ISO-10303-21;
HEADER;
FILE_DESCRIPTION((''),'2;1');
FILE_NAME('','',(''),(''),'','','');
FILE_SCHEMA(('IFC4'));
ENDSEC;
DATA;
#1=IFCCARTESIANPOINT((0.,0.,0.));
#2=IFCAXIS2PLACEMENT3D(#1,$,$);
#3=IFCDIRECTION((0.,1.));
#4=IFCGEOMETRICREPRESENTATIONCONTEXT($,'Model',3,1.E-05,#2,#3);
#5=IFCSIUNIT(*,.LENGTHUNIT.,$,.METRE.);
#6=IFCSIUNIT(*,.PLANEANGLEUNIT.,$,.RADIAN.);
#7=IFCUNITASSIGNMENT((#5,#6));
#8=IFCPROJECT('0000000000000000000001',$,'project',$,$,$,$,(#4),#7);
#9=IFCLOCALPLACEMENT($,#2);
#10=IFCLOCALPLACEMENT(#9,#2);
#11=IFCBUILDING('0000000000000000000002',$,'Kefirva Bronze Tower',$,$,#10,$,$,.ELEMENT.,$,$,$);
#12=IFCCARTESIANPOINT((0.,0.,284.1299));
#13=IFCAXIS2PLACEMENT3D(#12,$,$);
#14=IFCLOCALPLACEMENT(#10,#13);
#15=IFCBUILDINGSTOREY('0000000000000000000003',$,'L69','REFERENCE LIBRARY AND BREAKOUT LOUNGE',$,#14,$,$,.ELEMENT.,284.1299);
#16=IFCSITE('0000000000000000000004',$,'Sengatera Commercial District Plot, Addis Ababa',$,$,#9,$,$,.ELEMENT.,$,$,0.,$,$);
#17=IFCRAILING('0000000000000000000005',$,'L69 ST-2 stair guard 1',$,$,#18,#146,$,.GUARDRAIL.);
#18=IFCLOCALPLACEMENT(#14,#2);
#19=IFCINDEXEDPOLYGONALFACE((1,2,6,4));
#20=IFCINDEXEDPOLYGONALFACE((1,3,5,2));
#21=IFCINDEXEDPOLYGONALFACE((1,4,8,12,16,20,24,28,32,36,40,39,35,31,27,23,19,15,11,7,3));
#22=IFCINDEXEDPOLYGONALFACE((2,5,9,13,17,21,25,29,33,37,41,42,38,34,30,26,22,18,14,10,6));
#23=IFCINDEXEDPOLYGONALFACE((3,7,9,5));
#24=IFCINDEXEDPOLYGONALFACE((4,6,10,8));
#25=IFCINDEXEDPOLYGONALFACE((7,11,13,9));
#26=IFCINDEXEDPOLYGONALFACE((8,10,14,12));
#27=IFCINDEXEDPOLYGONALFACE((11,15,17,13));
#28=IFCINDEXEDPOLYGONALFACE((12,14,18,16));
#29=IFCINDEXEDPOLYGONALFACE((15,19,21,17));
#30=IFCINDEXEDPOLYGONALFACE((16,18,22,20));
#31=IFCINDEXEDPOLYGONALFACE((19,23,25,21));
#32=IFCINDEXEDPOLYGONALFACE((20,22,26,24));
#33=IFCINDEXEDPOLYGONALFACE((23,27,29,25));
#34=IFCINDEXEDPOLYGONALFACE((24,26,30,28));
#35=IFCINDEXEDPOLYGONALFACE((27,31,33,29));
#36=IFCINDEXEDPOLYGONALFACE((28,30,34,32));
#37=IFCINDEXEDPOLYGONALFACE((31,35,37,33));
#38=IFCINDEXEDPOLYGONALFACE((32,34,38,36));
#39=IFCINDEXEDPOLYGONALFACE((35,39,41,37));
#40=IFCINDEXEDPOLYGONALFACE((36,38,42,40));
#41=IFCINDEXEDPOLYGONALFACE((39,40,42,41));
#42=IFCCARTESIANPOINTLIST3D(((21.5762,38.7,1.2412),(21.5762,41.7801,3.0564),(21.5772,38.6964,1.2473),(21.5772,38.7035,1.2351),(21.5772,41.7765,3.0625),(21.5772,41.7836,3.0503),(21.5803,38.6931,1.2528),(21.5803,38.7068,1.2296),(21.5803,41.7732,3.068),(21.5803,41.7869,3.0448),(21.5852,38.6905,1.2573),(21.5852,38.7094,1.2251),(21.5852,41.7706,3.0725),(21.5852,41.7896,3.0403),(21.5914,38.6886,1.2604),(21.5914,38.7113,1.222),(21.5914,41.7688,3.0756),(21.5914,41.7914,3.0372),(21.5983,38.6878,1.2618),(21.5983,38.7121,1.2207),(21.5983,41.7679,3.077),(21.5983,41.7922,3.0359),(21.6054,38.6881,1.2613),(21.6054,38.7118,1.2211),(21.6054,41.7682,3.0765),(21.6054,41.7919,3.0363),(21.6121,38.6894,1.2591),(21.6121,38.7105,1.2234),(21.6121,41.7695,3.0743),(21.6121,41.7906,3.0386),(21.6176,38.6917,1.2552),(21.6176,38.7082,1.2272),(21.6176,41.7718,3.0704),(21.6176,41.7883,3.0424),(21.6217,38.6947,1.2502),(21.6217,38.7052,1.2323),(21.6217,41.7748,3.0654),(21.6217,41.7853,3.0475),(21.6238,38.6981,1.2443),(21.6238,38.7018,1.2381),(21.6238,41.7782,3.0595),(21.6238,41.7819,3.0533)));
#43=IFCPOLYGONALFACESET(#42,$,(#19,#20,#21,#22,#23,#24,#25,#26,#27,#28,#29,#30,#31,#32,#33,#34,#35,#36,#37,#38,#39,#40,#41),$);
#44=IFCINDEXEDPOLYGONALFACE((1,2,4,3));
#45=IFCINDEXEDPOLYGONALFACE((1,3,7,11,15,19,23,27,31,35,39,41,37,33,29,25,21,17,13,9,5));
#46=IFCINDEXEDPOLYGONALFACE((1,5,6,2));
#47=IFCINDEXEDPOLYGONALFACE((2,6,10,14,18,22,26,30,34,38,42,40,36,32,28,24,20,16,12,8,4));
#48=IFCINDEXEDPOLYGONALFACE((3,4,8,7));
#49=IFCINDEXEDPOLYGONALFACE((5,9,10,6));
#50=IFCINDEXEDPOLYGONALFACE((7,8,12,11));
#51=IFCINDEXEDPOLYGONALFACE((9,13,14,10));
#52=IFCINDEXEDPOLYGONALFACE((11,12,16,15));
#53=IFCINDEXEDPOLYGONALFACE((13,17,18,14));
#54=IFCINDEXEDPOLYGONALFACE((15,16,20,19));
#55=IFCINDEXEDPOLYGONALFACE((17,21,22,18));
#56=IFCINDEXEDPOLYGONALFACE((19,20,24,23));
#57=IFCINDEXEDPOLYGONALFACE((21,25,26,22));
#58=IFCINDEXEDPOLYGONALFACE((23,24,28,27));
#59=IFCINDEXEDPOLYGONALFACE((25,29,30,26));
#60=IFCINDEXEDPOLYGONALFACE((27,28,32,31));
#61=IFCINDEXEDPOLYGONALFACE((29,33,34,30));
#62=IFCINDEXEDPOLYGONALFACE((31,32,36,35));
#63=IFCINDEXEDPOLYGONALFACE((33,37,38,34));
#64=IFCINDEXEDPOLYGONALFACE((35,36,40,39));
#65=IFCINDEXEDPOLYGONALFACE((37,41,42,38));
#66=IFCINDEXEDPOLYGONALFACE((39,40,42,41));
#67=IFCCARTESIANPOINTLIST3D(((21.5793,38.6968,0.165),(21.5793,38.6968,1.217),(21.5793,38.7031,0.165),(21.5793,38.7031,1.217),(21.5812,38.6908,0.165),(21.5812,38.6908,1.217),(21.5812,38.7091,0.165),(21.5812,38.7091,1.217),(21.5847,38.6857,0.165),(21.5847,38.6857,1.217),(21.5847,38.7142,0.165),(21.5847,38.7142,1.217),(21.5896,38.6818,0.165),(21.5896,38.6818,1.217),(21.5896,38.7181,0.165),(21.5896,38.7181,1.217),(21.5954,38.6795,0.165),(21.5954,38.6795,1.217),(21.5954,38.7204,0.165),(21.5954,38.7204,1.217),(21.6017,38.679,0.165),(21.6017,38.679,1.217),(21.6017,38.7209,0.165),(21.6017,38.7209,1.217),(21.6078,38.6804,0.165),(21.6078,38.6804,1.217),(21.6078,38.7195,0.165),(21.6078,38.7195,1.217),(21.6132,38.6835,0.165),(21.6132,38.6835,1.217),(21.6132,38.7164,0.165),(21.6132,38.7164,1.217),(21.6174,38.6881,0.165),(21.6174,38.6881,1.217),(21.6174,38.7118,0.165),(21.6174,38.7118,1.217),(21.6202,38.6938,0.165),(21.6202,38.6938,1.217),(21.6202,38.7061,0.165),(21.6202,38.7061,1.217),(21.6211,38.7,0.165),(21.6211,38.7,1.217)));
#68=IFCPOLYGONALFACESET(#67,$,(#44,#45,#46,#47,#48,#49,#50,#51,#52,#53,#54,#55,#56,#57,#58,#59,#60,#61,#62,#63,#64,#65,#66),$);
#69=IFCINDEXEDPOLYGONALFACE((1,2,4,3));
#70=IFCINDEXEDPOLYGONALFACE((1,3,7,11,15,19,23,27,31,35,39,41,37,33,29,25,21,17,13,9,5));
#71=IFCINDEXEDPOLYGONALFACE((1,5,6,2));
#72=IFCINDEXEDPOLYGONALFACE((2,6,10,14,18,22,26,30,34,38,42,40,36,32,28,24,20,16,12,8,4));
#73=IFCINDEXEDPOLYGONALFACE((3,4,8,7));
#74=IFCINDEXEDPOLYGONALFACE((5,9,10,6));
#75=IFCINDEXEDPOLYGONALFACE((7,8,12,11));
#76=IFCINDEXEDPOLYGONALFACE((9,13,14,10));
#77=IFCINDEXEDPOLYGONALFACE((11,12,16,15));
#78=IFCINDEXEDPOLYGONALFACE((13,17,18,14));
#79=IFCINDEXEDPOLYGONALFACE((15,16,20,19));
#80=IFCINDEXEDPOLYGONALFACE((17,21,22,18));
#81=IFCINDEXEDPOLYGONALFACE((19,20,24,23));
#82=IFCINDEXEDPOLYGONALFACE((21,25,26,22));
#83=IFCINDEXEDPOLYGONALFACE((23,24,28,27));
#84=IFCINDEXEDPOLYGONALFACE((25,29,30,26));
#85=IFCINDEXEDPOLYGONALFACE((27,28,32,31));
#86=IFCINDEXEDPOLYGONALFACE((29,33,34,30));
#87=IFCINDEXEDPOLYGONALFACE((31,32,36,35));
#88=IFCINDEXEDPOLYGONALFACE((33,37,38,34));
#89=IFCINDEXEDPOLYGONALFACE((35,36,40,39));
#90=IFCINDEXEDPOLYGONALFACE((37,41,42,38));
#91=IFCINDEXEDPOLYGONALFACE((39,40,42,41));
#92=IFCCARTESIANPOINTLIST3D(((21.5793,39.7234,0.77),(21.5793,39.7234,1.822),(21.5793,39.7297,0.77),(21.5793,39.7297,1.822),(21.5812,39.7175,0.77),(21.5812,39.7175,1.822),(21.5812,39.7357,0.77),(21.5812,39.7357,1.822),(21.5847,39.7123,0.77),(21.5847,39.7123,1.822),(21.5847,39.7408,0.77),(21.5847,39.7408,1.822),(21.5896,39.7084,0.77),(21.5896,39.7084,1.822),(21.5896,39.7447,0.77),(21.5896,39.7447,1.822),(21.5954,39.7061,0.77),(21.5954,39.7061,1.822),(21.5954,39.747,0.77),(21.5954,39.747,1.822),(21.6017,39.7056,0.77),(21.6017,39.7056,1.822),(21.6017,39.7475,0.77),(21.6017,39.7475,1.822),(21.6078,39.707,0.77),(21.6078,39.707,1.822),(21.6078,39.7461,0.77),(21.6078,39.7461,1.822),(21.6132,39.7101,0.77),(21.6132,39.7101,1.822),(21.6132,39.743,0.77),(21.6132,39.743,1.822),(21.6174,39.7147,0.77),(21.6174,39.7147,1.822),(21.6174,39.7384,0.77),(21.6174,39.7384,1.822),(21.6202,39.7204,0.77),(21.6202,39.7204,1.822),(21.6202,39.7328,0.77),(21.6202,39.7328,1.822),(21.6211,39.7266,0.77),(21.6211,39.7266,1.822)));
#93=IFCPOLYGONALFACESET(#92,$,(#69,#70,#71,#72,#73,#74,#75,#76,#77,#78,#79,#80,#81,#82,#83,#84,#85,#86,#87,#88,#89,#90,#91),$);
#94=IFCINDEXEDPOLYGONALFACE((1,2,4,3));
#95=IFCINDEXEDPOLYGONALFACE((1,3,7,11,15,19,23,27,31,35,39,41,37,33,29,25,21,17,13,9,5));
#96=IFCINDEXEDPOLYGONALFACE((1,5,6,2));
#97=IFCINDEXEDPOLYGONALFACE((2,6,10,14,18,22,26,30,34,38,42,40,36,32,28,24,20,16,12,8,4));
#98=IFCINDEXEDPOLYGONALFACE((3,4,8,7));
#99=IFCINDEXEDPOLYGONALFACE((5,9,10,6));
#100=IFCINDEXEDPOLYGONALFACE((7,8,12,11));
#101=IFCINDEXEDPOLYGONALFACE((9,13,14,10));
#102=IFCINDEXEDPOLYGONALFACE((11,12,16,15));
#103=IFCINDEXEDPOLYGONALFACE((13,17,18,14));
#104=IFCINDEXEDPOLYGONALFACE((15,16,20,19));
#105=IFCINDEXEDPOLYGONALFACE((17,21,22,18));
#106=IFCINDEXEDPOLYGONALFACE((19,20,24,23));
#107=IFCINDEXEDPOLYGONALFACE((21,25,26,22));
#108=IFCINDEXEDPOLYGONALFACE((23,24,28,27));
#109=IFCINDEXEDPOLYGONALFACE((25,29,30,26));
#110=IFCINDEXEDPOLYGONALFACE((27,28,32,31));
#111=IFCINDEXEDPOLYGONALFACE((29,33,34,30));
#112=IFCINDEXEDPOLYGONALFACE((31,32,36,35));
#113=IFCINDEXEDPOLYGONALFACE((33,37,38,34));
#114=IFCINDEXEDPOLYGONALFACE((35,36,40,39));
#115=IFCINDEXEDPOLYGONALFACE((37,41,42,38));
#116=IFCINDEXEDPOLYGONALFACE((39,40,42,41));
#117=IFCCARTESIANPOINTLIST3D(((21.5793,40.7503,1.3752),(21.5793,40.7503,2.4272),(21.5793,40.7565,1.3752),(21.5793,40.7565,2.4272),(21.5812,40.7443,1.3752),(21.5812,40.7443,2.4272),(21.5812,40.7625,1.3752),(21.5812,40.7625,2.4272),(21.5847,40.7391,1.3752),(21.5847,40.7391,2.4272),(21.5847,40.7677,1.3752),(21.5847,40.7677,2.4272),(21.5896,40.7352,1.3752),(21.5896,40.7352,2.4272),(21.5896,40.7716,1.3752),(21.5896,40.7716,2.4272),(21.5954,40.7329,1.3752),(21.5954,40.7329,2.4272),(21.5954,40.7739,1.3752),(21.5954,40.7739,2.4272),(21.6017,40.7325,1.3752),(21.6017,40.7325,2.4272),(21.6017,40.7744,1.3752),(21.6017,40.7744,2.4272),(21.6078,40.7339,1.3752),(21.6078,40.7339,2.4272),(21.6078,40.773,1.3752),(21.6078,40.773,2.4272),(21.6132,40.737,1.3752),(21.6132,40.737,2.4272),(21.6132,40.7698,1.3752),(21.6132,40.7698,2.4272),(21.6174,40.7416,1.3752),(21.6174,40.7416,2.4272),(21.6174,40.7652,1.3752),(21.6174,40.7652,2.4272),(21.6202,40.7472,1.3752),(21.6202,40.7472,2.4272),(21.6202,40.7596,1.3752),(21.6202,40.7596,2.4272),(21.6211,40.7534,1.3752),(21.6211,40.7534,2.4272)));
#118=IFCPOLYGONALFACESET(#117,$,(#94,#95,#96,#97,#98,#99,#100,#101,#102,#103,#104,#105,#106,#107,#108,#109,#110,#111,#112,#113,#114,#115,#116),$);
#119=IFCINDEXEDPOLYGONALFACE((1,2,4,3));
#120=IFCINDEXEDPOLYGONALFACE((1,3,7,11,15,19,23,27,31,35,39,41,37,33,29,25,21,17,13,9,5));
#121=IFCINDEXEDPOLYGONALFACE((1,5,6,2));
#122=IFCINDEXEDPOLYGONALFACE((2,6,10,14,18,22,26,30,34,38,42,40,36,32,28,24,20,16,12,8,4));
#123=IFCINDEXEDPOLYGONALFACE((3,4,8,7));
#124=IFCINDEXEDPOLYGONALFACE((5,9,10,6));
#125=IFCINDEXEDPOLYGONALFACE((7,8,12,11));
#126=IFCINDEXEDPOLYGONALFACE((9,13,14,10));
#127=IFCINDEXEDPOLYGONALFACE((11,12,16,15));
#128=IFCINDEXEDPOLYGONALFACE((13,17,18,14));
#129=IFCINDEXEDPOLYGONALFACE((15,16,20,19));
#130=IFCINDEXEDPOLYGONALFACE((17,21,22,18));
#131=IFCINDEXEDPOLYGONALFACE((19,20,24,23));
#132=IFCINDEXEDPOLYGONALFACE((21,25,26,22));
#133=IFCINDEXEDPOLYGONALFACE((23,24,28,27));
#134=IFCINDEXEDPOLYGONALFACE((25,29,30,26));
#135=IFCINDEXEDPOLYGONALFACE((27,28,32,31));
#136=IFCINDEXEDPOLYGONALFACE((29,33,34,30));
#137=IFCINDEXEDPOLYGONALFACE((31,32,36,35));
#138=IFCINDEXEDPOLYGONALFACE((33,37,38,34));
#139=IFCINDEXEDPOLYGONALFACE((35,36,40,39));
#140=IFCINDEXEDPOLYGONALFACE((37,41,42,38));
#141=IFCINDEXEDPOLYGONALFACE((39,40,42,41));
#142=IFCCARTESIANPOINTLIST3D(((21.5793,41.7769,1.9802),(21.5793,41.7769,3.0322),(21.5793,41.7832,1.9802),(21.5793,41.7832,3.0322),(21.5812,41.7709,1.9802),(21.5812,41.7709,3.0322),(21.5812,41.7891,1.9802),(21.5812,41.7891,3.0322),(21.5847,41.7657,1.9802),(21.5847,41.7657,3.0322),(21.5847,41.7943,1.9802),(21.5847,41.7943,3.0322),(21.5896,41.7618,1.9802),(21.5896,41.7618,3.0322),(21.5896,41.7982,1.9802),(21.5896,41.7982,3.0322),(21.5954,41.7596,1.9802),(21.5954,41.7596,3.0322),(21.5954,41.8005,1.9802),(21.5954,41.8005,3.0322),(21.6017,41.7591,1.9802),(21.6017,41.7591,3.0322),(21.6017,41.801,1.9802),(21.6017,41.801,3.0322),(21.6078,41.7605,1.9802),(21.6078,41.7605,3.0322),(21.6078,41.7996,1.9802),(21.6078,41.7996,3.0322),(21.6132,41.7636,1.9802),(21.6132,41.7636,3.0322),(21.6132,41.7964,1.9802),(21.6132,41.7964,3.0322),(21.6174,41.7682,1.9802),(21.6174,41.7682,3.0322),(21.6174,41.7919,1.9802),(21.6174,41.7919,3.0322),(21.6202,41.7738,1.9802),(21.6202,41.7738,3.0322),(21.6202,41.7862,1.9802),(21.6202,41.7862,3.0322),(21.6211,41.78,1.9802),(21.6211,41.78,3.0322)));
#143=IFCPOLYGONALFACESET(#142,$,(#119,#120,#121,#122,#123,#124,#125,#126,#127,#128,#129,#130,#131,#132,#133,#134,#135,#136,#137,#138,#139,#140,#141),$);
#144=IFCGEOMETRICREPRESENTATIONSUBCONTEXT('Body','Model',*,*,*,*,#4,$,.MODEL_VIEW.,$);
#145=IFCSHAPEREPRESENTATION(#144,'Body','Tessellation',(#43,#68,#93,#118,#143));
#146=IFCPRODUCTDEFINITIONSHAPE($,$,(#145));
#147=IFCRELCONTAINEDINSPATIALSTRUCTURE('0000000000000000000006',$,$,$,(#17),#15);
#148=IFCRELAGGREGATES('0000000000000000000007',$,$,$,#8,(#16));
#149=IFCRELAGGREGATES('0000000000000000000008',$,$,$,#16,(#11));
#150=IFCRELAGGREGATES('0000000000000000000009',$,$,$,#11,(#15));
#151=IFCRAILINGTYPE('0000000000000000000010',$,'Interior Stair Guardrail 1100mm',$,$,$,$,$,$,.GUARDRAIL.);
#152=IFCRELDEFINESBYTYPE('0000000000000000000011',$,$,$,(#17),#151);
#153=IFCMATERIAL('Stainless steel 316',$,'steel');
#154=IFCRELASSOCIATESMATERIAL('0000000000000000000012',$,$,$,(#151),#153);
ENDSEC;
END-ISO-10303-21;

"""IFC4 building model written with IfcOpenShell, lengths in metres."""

from ifc_helpers import new_model, si_unit, direction, frame, origin, origin_2d, place, context, subcontext, project, spatial, circle, extrude, material, type_object, element, save


model = new_model("IFC4")

# Units and contexts
model_context = context("Model", 3, precision=1e-05, world=origin(), true_north=direction((0.0, 1.0)))
body_context = subcontext(model_context, "Body", "Model", "MODEL_VIEW")
ifc_project = project(units=[si_unit("LENGTHUNIT", "METRE"), si_unit("PLANEANGLEUNIT", "RADIAN")], contexts=[model_context])

# Site, building, storey
site_placement = place(None, origin())
site = spatial("IfcSite", under=ifc_project, at=site_placement, Name="Sengatera Commercial District Plot, Addis Ababa", CompositionType="ELEMENT", RefElevation=0.0)
building_placement = place(site_placement, origin())
building = spatial("IfcBuilding", under=site, at=building_placement, Name="Kefirva Bronze Tower", CompositionType="ELEMENT")
storey_placement = place(building_placement, frame((0.0, 0.0, 284.1299)))
storey = spatial("IfcBuildingStorey", under=building, at=storey_placement, Name="L69", Description="REFERENCE LIBRARY AND BREAKOUT LOUNGE", CompositionType="ELEMENT", Elevation=284.1299)

# Railing
ifc_material_1 = material(Name="Stainless steel 316", Category="steel")
railing_type_1 = type_object("IfcRailingType", Name="Interior Stair Guardrail 1100mm", PredefinedType="GUARDRAIL", material=ifc_material_1)
railing_1_placement = place(storey_placement, frame((21.6001, 38.7, 0.165)))
element("IfcRailing", 1, at=railing_1_placement, inside=storey, type_object=railing_type_1, Name="L69 ST-2 stair guard 1", PredefinedType="GUARDRAIL", context=body_context, shape_type="SweptSolid", body=[
    extrude(circle(Radius=0.0239, at=origin_2d()), frame((0.0, 0.0, 1.0762), z_axis=(0.0, 0.861521, 0.507721), x_axis=(-1.0, 0.0, 0.0)), (0.0, 0.0, 1.0), 3.5752),
    extrude(circle(Radius=0.021, at=origin_2d()), origin(), (0.0, 0.0, 1.0), 1.052),
    extrude(circle(Radius=0.021, at=origin_2d()), frame((0.0, 1.0266, 0.605)), (0.0, 0.0, 1.0), 1.052),
    extrude(circle(Radius=0.021, at=origin_2d()), frame((0.0, 2.0535, 1.2102)), (0.0, 0.0, 1.0), 1.052),
    extrude(circle(Radius=0.021, at=origin_2d()), frame((0.0, 3.0801, 1.8152)), (0.0, 0.0, 1.0), 1.052),
])

save(model, "model.ifc")
